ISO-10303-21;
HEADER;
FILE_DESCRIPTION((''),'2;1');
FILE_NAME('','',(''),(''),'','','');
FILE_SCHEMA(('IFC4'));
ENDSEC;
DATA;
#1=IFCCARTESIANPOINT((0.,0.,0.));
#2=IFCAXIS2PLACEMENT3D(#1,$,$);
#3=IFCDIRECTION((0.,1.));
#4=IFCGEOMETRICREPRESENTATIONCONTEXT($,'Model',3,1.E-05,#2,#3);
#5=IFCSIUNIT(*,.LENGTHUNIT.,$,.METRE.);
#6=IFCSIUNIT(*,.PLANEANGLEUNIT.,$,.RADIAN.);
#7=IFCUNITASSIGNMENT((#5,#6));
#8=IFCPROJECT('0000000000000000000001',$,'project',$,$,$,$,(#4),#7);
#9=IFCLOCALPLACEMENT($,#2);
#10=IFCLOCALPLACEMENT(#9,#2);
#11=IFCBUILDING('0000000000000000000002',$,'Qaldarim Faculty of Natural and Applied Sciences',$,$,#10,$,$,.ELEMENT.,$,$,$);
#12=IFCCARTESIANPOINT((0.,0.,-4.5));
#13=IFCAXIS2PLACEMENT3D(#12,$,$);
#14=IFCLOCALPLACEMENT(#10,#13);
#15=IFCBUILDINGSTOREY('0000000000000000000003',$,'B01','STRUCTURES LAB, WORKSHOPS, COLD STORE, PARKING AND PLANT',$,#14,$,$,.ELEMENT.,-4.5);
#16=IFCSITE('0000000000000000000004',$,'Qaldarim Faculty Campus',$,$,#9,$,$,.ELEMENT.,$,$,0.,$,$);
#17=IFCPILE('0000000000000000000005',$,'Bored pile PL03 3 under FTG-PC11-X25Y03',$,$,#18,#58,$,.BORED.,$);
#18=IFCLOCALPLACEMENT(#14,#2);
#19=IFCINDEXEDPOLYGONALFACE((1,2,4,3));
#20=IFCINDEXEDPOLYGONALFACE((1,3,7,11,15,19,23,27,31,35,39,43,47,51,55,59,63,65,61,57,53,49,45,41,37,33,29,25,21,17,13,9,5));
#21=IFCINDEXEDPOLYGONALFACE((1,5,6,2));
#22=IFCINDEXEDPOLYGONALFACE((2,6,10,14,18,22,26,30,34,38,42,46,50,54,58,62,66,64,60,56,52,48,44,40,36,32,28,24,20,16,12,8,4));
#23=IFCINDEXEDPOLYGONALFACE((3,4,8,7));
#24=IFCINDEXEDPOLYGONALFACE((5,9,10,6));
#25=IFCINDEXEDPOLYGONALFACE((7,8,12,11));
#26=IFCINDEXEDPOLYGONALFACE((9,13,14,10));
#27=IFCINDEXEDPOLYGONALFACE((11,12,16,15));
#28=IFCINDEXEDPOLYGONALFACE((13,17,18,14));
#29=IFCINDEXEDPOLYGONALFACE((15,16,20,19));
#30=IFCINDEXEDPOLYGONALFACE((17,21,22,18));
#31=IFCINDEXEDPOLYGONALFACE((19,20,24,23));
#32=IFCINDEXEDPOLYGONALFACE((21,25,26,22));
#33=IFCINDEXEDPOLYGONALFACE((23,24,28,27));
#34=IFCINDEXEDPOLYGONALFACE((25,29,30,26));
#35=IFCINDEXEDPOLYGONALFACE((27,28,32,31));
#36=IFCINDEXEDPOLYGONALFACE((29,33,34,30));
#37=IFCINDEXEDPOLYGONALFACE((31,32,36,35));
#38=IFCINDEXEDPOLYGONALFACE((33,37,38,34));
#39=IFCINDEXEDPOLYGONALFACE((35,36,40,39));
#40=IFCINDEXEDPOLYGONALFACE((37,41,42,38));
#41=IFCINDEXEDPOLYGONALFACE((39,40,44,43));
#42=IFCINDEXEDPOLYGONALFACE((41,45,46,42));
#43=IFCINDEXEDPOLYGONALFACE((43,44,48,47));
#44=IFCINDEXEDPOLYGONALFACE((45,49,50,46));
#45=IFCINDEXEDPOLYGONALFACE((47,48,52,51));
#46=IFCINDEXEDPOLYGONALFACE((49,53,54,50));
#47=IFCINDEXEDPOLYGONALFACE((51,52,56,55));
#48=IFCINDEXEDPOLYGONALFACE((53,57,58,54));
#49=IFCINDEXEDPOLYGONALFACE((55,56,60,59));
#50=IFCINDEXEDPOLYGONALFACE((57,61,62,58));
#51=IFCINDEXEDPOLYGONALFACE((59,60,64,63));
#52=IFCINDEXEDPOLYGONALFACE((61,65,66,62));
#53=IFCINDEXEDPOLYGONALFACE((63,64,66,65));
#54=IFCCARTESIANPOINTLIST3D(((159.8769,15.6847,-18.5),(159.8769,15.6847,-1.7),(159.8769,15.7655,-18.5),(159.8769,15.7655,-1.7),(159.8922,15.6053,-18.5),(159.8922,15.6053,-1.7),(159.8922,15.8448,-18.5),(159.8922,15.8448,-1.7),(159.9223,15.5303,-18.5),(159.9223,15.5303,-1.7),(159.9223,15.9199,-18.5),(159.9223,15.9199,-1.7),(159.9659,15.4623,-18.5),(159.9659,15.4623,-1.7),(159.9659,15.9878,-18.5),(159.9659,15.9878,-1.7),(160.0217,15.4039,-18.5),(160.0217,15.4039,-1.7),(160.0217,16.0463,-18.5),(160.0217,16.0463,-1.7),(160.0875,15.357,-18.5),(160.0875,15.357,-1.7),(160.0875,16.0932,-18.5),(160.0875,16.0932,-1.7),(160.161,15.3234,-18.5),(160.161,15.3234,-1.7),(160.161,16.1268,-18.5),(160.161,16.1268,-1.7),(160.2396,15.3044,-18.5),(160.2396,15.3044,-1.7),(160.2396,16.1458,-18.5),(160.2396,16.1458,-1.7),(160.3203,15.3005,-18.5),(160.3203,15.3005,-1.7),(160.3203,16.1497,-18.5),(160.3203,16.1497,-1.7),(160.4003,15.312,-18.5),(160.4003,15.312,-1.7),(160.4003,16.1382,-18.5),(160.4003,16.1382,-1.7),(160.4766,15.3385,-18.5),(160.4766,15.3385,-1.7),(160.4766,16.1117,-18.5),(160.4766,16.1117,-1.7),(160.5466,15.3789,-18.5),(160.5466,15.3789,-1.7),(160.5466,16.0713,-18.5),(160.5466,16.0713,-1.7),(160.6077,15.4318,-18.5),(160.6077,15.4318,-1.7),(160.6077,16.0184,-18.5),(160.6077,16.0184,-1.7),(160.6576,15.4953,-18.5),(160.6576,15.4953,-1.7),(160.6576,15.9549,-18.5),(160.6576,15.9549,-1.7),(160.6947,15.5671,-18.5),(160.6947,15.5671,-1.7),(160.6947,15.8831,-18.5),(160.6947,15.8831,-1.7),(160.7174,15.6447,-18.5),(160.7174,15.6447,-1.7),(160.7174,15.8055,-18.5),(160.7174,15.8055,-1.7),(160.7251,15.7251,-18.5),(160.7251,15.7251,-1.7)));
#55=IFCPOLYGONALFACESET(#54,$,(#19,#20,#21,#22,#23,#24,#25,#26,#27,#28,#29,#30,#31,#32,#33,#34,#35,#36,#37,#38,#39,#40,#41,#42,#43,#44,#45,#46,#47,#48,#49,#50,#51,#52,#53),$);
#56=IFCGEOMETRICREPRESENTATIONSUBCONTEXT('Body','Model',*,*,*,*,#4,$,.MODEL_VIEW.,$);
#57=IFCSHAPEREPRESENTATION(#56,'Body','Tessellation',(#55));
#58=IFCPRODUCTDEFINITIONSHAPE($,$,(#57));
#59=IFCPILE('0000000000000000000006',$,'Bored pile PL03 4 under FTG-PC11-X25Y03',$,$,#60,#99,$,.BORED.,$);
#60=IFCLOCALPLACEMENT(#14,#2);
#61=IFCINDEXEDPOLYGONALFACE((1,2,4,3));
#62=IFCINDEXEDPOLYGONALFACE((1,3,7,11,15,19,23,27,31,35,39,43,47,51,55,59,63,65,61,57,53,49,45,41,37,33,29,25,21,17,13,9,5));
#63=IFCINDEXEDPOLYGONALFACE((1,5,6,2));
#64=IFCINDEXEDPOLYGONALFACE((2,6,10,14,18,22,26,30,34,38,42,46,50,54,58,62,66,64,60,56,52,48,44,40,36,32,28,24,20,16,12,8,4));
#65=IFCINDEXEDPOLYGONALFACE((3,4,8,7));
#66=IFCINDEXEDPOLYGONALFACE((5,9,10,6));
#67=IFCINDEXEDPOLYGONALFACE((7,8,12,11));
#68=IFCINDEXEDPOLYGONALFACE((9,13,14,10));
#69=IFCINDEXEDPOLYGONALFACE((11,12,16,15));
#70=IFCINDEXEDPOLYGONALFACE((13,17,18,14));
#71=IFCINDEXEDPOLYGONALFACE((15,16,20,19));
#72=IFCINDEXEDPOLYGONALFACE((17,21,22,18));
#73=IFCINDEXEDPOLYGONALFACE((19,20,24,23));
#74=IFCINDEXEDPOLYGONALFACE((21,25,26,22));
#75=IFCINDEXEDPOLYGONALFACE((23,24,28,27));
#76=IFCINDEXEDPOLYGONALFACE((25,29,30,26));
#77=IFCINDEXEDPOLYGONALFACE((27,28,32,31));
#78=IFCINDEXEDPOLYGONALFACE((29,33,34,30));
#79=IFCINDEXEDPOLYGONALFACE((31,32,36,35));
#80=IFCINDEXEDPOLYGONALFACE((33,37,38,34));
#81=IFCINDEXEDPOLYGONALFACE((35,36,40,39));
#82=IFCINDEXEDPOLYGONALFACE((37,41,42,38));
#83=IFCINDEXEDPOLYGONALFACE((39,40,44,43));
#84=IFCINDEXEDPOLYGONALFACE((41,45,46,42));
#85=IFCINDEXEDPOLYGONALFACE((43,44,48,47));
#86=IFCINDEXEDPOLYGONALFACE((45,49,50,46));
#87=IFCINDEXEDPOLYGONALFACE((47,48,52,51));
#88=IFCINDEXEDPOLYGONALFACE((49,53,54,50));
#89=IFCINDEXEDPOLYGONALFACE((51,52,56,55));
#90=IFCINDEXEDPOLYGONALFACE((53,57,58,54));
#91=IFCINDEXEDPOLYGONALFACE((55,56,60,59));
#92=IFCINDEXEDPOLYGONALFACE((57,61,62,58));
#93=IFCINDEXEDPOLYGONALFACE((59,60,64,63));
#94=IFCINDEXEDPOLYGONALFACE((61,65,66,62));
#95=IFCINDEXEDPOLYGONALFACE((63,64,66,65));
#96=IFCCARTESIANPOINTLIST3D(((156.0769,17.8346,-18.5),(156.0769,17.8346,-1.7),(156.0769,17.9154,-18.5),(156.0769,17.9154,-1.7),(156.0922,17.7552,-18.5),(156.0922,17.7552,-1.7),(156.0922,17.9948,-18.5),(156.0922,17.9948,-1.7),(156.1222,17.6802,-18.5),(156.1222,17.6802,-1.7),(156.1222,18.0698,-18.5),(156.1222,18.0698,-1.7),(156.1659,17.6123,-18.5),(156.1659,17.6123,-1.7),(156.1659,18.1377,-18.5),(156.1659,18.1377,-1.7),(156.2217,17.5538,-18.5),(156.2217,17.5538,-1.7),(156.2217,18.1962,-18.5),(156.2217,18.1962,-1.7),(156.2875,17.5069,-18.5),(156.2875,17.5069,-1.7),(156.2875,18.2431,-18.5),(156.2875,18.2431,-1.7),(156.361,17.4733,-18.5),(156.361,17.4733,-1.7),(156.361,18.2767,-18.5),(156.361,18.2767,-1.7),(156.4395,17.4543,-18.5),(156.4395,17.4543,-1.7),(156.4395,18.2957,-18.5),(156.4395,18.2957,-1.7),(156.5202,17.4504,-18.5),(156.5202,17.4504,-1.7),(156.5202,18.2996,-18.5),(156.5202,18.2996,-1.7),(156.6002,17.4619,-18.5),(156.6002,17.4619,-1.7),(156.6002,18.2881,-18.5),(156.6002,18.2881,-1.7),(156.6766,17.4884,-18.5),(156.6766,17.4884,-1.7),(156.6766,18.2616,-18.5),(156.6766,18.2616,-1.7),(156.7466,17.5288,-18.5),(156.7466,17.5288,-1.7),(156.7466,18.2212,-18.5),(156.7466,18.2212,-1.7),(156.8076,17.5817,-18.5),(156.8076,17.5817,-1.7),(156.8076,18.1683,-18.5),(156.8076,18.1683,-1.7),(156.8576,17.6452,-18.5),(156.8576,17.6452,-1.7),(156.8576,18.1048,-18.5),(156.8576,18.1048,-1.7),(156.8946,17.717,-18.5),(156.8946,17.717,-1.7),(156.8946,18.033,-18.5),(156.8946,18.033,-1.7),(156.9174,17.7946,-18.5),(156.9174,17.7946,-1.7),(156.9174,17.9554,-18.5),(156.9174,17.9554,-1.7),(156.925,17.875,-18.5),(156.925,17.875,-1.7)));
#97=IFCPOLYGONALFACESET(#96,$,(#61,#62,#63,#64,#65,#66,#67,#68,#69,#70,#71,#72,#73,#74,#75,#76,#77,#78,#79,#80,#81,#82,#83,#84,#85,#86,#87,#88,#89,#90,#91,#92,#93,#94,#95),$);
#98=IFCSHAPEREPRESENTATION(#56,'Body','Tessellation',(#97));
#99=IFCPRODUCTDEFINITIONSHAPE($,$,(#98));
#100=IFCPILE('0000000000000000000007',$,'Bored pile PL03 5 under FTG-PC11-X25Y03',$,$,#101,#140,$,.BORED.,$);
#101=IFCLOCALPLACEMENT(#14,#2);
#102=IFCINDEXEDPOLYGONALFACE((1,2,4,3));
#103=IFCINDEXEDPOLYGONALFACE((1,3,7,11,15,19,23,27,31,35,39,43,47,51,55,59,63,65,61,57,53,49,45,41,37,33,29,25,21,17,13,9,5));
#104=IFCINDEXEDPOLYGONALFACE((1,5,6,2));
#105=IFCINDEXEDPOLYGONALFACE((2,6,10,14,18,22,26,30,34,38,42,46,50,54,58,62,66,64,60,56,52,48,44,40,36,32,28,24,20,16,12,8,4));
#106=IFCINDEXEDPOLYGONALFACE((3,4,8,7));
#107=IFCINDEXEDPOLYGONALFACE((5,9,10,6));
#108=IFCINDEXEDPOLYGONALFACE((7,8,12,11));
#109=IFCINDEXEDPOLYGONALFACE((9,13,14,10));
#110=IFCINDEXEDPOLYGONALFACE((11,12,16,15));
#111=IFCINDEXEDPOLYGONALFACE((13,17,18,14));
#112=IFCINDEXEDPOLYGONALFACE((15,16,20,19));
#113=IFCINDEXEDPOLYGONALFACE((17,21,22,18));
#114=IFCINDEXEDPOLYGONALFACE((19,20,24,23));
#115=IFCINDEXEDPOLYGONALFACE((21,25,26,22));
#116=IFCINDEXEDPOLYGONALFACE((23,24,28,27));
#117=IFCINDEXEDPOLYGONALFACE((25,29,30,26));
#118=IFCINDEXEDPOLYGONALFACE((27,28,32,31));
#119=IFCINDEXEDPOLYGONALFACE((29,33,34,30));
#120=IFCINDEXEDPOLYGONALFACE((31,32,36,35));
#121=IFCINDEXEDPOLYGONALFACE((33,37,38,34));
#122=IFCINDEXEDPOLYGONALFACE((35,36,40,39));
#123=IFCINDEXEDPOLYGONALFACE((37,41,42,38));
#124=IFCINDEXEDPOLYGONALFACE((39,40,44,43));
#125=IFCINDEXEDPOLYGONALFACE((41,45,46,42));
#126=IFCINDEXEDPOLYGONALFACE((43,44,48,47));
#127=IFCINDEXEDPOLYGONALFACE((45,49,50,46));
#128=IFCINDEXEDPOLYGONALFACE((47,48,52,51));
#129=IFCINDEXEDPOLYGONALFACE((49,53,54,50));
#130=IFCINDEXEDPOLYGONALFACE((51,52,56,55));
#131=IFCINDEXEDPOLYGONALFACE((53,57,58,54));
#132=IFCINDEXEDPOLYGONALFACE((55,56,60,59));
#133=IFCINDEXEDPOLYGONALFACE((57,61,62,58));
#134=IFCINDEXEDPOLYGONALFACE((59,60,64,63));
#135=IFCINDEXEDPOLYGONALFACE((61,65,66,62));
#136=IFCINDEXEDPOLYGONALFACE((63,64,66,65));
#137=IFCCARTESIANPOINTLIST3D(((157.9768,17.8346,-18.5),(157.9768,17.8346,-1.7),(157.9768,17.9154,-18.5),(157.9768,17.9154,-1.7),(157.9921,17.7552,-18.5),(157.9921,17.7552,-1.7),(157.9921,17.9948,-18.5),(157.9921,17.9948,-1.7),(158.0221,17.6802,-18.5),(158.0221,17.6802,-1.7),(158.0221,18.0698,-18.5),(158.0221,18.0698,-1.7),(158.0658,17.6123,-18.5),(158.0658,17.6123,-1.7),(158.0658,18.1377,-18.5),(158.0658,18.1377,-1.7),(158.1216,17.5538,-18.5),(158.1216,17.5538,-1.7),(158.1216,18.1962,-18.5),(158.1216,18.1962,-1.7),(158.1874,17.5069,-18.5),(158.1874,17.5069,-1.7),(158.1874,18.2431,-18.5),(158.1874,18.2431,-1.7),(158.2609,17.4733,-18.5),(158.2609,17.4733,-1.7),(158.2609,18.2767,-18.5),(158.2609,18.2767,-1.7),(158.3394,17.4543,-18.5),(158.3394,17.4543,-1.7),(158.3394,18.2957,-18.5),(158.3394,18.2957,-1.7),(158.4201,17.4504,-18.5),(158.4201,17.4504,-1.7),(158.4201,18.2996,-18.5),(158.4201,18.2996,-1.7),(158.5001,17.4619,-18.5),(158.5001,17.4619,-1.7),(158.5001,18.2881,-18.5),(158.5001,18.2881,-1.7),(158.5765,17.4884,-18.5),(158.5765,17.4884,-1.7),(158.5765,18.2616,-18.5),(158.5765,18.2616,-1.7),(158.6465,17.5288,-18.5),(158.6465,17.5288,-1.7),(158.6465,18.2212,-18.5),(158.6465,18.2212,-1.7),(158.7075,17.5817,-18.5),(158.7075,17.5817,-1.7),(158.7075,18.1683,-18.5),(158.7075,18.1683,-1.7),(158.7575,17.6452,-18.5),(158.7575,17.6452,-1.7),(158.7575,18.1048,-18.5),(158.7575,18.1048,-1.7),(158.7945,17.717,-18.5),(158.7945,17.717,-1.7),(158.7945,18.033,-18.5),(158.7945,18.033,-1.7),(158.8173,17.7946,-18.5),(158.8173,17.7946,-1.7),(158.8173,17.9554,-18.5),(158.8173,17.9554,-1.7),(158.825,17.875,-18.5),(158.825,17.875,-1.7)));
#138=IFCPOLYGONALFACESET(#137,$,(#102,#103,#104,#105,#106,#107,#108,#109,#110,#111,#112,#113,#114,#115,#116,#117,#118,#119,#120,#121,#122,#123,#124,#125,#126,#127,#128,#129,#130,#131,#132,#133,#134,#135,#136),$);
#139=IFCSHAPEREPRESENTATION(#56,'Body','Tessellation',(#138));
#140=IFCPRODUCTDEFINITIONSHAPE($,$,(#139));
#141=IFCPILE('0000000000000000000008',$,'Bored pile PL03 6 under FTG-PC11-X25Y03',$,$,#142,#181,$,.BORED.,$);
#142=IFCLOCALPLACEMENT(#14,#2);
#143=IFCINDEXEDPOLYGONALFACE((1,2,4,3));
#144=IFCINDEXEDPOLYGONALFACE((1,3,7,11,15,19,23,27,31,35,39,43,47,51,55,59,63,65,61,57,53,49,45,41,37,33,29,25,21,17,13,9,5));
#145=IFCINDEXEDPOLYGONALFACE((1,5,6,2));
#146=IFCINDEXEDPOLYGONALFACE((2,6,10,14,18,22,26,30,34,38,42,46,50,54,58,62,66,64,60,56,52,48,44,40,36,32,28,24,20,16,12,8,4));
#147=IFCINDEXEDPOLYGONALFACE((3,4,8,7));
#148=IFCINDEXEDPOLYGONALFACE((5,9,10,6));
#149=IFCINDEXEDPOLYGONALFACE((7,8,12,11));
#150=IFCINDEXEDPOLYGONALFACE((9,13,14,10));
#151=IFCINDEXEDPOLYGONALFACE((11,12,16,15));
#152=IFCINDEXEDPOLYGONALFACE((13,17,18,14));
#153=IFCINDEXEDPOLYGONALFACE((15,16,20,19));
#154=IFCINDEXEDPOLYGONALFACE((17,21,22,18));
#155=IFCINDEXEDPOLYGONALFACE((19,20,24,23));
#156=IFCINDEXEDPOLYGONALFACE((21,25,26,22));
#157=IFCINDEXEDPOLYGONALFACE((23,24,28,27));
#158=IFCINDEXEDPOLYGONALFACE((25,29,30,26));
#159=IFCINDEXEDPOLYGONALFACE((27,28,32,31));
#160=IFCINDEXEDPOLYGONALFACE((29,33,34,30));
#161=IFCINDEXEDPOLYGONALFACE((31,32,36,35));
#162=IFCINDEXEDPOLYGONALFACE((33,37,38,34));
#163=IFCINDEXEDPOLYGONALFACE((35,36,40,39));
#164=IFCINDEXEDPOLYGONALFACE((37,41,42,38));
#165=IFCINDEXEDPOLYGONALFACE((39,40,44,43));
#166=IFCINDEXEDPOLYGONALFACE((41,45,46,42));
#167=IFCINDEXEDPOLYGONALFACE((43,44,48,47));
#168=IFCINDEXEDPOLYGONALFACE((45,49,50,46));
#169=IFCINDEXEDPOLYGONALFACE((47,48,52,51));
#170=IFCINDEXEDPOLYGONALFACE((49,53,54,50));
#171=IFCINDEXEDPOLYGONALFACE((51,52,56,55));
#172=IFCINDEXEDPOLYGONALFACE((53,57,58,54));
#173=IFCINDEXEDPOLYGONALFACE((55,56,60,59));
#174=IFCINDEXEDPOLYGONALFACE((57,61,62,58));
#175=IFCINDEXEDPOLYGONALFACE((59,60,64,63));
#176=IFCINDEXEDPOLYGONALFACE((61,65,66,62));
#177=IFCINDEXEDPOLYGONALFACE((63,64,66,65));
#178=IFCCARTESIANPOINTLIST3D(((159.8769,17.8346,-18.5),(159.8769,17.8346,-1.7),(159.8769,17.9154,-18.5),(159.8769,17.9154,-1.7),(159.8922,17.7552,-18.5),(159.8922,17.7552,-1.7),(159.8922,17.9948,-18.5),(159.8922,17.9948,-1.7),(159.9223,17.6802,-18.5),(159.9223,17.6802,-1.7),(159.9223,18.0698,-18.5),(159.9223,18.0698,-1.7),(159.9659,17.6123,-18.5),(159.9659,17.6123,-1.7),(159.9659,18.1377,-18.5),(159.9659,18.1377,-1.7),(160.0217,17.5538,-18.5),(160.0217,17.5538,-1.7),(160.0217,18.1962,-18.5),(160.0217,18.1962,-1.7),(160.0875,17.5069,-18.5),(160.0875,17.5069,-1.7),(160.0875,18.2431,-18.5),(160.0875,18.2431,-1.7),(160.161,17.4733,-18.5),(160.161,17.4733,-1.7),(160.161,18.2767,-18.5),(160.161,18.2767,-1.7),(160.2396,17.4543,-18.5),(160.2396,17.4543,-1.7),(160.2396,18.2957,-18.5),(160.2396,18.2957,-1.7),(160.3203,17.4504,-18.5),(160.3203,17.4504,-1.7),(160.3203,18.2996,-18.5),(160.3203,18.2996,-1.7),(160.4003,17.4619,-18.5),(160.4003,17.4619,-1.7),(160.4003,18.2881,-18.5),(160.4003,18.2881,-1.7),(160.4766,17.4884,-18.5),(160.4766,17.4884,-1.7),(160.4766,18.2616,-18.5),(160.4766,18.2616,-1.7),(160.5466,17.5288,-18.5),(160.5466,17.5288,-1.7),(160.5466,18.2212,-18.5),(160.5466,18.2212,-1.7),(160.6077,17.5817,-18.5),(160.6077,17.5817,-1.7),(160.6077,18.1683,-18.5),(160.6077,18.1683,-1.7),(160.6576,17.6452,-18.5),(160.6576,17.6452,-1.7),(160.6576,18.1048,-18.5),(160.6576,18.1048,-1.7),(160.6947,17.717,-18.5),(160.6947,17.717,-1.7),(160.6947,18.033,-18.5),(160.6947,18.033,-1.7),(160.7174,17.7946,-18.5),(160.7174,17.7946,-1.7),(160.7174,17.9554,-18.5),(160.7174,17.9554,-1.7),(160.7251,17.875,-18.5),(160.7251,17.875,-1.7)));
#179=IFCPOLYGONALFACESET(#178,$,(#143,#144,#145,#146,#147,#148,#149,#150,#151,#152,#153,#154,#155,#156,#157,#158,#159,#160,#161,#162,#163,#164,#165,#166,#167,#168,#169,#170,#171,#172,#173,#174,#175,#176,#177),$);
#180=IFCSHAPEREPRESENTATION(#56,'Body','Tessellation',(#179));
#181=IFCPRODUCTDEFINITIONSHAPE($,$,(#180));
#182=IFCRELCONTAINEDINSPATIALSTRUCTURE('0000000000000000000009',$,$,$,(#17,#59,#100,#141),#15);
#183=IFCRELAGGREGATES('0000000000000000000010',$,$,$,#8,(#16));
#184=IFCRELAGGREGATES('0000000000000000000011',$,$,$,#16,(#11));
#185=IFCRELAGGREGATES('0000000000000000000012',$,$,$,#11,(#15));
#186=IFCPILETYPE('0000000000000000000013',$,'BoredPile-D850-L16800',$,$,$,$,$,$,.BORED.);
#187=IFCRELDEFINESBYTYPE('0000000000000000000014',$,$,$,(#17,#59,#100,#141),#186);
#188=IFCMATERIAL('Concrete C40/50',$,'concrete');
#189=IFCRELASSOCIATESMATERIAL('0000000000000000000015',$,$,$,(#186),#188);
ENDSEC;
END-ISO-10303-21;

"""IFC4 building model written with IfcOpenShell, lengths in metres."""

from ifc_helpers import new_model, si_unit, direction, frame, origin, origin_2d, place, context, subcontext, project, spatial, circle, extrude, material, material_profile, profile_set, type_object, element, save


model = new_model("IFC4")

# Units and contexts
model_context = context("Model", 3, precision=1e-05, world=origin(), true_north=direction((0.0, 1.0)))
body_context = subcontext(model_context, "Body", "Model", "MODEL_VIEW")
ifc_project = project(units=[si_unit("LENGTHUNIT", "METRE"), si_unit("PLANEANGLEUNIT", "RADIAN")], contexts=[model_context])

# Site, building, storey
site_placement = place(None, origin())
site = spatial("IfcSite", under=ifc_project, at=site_placement, Name="Qaldarim Faculty Campus", CompositionType="ELEMENT", RefElevation=0.0)
building_placement = place(site_placement, origin())
building = spatial("IfcBuilding", under=site, at=building_placement, Name="Qaldarim Faculty of Natural and Applied Sciences", CompositionType="ELEMENT")
storey_placement = place(building_placement, frame((0.0, 0.0, -4.5)))
storey = spatial("IfcBuildingStorey", under=building, at=storey_placement, Name="B01", Description="STRUCTURES LAB, WORKSHOPS, COLD STORE, PARKING AND PLANT", CompositionType="ELEMENT", Elevation=-4.5)

# Piles
ifc_material_1 = material(Name="Concrete C40/50", Category="concrete")
ifc_material_profile_1 = material_profile(ifc_material_1, circle(Radius=0.425, at=origin_2d()), Name="PILE-D850")
ifc_profile_set_1 = profile_set([ifc_material_profile_1], Name="Concrete C40/50")
pile_type_1 = type_object("IfcPileType", Name="BoredPile-D850-L16800", PredefinedType="BORED", material=ifc_profile_set_1)
for number, where, z_axis, x_axis, name in (
    (1, (160.3, 15.7251, -1.7), (0.0, 0.0, -1.0), (1.0, 0.0, 0.0), "Bored pile PL03 3 under FTG-PC11-X25Y03"),
    (2, (156.5, 17.875, -1.7), (0.0, 0.0, -1.0), (1.0, 0.0, 0.0), "Bored pile PL03 4 under FTG-PC11-X25Y03"),
    (3, (158.3999, 17.875, -1.7), (0.0, 0.0, -1.0), (1.0, 0.0, 0.0), "Bored pile PL03 5 under FTG-PC11-X25Y03"),
    (4, (160.3, 17.875, -1.7), (0.0, 0.0, -1.0), (1.0, 0.0, 0.0), "Bored pile PL03 6 under FTG-PC11-X25Y03"),
):
    element("IfcPile", number, at=place(storey_placement, frame(where, z_axis=z_axis, x_axis=x_axis)), inside=storey, type_object=pile_type_1, Name=name, PredefinedType="BORED", context=body_context, shape_type="SweptSolid", body=[
        extrude(circle(Radius=0.425, at=origin_2d()), origin(), (0.0, 0.0, 1.0), 16.8),
    ])

save(model, "model.ifc")
